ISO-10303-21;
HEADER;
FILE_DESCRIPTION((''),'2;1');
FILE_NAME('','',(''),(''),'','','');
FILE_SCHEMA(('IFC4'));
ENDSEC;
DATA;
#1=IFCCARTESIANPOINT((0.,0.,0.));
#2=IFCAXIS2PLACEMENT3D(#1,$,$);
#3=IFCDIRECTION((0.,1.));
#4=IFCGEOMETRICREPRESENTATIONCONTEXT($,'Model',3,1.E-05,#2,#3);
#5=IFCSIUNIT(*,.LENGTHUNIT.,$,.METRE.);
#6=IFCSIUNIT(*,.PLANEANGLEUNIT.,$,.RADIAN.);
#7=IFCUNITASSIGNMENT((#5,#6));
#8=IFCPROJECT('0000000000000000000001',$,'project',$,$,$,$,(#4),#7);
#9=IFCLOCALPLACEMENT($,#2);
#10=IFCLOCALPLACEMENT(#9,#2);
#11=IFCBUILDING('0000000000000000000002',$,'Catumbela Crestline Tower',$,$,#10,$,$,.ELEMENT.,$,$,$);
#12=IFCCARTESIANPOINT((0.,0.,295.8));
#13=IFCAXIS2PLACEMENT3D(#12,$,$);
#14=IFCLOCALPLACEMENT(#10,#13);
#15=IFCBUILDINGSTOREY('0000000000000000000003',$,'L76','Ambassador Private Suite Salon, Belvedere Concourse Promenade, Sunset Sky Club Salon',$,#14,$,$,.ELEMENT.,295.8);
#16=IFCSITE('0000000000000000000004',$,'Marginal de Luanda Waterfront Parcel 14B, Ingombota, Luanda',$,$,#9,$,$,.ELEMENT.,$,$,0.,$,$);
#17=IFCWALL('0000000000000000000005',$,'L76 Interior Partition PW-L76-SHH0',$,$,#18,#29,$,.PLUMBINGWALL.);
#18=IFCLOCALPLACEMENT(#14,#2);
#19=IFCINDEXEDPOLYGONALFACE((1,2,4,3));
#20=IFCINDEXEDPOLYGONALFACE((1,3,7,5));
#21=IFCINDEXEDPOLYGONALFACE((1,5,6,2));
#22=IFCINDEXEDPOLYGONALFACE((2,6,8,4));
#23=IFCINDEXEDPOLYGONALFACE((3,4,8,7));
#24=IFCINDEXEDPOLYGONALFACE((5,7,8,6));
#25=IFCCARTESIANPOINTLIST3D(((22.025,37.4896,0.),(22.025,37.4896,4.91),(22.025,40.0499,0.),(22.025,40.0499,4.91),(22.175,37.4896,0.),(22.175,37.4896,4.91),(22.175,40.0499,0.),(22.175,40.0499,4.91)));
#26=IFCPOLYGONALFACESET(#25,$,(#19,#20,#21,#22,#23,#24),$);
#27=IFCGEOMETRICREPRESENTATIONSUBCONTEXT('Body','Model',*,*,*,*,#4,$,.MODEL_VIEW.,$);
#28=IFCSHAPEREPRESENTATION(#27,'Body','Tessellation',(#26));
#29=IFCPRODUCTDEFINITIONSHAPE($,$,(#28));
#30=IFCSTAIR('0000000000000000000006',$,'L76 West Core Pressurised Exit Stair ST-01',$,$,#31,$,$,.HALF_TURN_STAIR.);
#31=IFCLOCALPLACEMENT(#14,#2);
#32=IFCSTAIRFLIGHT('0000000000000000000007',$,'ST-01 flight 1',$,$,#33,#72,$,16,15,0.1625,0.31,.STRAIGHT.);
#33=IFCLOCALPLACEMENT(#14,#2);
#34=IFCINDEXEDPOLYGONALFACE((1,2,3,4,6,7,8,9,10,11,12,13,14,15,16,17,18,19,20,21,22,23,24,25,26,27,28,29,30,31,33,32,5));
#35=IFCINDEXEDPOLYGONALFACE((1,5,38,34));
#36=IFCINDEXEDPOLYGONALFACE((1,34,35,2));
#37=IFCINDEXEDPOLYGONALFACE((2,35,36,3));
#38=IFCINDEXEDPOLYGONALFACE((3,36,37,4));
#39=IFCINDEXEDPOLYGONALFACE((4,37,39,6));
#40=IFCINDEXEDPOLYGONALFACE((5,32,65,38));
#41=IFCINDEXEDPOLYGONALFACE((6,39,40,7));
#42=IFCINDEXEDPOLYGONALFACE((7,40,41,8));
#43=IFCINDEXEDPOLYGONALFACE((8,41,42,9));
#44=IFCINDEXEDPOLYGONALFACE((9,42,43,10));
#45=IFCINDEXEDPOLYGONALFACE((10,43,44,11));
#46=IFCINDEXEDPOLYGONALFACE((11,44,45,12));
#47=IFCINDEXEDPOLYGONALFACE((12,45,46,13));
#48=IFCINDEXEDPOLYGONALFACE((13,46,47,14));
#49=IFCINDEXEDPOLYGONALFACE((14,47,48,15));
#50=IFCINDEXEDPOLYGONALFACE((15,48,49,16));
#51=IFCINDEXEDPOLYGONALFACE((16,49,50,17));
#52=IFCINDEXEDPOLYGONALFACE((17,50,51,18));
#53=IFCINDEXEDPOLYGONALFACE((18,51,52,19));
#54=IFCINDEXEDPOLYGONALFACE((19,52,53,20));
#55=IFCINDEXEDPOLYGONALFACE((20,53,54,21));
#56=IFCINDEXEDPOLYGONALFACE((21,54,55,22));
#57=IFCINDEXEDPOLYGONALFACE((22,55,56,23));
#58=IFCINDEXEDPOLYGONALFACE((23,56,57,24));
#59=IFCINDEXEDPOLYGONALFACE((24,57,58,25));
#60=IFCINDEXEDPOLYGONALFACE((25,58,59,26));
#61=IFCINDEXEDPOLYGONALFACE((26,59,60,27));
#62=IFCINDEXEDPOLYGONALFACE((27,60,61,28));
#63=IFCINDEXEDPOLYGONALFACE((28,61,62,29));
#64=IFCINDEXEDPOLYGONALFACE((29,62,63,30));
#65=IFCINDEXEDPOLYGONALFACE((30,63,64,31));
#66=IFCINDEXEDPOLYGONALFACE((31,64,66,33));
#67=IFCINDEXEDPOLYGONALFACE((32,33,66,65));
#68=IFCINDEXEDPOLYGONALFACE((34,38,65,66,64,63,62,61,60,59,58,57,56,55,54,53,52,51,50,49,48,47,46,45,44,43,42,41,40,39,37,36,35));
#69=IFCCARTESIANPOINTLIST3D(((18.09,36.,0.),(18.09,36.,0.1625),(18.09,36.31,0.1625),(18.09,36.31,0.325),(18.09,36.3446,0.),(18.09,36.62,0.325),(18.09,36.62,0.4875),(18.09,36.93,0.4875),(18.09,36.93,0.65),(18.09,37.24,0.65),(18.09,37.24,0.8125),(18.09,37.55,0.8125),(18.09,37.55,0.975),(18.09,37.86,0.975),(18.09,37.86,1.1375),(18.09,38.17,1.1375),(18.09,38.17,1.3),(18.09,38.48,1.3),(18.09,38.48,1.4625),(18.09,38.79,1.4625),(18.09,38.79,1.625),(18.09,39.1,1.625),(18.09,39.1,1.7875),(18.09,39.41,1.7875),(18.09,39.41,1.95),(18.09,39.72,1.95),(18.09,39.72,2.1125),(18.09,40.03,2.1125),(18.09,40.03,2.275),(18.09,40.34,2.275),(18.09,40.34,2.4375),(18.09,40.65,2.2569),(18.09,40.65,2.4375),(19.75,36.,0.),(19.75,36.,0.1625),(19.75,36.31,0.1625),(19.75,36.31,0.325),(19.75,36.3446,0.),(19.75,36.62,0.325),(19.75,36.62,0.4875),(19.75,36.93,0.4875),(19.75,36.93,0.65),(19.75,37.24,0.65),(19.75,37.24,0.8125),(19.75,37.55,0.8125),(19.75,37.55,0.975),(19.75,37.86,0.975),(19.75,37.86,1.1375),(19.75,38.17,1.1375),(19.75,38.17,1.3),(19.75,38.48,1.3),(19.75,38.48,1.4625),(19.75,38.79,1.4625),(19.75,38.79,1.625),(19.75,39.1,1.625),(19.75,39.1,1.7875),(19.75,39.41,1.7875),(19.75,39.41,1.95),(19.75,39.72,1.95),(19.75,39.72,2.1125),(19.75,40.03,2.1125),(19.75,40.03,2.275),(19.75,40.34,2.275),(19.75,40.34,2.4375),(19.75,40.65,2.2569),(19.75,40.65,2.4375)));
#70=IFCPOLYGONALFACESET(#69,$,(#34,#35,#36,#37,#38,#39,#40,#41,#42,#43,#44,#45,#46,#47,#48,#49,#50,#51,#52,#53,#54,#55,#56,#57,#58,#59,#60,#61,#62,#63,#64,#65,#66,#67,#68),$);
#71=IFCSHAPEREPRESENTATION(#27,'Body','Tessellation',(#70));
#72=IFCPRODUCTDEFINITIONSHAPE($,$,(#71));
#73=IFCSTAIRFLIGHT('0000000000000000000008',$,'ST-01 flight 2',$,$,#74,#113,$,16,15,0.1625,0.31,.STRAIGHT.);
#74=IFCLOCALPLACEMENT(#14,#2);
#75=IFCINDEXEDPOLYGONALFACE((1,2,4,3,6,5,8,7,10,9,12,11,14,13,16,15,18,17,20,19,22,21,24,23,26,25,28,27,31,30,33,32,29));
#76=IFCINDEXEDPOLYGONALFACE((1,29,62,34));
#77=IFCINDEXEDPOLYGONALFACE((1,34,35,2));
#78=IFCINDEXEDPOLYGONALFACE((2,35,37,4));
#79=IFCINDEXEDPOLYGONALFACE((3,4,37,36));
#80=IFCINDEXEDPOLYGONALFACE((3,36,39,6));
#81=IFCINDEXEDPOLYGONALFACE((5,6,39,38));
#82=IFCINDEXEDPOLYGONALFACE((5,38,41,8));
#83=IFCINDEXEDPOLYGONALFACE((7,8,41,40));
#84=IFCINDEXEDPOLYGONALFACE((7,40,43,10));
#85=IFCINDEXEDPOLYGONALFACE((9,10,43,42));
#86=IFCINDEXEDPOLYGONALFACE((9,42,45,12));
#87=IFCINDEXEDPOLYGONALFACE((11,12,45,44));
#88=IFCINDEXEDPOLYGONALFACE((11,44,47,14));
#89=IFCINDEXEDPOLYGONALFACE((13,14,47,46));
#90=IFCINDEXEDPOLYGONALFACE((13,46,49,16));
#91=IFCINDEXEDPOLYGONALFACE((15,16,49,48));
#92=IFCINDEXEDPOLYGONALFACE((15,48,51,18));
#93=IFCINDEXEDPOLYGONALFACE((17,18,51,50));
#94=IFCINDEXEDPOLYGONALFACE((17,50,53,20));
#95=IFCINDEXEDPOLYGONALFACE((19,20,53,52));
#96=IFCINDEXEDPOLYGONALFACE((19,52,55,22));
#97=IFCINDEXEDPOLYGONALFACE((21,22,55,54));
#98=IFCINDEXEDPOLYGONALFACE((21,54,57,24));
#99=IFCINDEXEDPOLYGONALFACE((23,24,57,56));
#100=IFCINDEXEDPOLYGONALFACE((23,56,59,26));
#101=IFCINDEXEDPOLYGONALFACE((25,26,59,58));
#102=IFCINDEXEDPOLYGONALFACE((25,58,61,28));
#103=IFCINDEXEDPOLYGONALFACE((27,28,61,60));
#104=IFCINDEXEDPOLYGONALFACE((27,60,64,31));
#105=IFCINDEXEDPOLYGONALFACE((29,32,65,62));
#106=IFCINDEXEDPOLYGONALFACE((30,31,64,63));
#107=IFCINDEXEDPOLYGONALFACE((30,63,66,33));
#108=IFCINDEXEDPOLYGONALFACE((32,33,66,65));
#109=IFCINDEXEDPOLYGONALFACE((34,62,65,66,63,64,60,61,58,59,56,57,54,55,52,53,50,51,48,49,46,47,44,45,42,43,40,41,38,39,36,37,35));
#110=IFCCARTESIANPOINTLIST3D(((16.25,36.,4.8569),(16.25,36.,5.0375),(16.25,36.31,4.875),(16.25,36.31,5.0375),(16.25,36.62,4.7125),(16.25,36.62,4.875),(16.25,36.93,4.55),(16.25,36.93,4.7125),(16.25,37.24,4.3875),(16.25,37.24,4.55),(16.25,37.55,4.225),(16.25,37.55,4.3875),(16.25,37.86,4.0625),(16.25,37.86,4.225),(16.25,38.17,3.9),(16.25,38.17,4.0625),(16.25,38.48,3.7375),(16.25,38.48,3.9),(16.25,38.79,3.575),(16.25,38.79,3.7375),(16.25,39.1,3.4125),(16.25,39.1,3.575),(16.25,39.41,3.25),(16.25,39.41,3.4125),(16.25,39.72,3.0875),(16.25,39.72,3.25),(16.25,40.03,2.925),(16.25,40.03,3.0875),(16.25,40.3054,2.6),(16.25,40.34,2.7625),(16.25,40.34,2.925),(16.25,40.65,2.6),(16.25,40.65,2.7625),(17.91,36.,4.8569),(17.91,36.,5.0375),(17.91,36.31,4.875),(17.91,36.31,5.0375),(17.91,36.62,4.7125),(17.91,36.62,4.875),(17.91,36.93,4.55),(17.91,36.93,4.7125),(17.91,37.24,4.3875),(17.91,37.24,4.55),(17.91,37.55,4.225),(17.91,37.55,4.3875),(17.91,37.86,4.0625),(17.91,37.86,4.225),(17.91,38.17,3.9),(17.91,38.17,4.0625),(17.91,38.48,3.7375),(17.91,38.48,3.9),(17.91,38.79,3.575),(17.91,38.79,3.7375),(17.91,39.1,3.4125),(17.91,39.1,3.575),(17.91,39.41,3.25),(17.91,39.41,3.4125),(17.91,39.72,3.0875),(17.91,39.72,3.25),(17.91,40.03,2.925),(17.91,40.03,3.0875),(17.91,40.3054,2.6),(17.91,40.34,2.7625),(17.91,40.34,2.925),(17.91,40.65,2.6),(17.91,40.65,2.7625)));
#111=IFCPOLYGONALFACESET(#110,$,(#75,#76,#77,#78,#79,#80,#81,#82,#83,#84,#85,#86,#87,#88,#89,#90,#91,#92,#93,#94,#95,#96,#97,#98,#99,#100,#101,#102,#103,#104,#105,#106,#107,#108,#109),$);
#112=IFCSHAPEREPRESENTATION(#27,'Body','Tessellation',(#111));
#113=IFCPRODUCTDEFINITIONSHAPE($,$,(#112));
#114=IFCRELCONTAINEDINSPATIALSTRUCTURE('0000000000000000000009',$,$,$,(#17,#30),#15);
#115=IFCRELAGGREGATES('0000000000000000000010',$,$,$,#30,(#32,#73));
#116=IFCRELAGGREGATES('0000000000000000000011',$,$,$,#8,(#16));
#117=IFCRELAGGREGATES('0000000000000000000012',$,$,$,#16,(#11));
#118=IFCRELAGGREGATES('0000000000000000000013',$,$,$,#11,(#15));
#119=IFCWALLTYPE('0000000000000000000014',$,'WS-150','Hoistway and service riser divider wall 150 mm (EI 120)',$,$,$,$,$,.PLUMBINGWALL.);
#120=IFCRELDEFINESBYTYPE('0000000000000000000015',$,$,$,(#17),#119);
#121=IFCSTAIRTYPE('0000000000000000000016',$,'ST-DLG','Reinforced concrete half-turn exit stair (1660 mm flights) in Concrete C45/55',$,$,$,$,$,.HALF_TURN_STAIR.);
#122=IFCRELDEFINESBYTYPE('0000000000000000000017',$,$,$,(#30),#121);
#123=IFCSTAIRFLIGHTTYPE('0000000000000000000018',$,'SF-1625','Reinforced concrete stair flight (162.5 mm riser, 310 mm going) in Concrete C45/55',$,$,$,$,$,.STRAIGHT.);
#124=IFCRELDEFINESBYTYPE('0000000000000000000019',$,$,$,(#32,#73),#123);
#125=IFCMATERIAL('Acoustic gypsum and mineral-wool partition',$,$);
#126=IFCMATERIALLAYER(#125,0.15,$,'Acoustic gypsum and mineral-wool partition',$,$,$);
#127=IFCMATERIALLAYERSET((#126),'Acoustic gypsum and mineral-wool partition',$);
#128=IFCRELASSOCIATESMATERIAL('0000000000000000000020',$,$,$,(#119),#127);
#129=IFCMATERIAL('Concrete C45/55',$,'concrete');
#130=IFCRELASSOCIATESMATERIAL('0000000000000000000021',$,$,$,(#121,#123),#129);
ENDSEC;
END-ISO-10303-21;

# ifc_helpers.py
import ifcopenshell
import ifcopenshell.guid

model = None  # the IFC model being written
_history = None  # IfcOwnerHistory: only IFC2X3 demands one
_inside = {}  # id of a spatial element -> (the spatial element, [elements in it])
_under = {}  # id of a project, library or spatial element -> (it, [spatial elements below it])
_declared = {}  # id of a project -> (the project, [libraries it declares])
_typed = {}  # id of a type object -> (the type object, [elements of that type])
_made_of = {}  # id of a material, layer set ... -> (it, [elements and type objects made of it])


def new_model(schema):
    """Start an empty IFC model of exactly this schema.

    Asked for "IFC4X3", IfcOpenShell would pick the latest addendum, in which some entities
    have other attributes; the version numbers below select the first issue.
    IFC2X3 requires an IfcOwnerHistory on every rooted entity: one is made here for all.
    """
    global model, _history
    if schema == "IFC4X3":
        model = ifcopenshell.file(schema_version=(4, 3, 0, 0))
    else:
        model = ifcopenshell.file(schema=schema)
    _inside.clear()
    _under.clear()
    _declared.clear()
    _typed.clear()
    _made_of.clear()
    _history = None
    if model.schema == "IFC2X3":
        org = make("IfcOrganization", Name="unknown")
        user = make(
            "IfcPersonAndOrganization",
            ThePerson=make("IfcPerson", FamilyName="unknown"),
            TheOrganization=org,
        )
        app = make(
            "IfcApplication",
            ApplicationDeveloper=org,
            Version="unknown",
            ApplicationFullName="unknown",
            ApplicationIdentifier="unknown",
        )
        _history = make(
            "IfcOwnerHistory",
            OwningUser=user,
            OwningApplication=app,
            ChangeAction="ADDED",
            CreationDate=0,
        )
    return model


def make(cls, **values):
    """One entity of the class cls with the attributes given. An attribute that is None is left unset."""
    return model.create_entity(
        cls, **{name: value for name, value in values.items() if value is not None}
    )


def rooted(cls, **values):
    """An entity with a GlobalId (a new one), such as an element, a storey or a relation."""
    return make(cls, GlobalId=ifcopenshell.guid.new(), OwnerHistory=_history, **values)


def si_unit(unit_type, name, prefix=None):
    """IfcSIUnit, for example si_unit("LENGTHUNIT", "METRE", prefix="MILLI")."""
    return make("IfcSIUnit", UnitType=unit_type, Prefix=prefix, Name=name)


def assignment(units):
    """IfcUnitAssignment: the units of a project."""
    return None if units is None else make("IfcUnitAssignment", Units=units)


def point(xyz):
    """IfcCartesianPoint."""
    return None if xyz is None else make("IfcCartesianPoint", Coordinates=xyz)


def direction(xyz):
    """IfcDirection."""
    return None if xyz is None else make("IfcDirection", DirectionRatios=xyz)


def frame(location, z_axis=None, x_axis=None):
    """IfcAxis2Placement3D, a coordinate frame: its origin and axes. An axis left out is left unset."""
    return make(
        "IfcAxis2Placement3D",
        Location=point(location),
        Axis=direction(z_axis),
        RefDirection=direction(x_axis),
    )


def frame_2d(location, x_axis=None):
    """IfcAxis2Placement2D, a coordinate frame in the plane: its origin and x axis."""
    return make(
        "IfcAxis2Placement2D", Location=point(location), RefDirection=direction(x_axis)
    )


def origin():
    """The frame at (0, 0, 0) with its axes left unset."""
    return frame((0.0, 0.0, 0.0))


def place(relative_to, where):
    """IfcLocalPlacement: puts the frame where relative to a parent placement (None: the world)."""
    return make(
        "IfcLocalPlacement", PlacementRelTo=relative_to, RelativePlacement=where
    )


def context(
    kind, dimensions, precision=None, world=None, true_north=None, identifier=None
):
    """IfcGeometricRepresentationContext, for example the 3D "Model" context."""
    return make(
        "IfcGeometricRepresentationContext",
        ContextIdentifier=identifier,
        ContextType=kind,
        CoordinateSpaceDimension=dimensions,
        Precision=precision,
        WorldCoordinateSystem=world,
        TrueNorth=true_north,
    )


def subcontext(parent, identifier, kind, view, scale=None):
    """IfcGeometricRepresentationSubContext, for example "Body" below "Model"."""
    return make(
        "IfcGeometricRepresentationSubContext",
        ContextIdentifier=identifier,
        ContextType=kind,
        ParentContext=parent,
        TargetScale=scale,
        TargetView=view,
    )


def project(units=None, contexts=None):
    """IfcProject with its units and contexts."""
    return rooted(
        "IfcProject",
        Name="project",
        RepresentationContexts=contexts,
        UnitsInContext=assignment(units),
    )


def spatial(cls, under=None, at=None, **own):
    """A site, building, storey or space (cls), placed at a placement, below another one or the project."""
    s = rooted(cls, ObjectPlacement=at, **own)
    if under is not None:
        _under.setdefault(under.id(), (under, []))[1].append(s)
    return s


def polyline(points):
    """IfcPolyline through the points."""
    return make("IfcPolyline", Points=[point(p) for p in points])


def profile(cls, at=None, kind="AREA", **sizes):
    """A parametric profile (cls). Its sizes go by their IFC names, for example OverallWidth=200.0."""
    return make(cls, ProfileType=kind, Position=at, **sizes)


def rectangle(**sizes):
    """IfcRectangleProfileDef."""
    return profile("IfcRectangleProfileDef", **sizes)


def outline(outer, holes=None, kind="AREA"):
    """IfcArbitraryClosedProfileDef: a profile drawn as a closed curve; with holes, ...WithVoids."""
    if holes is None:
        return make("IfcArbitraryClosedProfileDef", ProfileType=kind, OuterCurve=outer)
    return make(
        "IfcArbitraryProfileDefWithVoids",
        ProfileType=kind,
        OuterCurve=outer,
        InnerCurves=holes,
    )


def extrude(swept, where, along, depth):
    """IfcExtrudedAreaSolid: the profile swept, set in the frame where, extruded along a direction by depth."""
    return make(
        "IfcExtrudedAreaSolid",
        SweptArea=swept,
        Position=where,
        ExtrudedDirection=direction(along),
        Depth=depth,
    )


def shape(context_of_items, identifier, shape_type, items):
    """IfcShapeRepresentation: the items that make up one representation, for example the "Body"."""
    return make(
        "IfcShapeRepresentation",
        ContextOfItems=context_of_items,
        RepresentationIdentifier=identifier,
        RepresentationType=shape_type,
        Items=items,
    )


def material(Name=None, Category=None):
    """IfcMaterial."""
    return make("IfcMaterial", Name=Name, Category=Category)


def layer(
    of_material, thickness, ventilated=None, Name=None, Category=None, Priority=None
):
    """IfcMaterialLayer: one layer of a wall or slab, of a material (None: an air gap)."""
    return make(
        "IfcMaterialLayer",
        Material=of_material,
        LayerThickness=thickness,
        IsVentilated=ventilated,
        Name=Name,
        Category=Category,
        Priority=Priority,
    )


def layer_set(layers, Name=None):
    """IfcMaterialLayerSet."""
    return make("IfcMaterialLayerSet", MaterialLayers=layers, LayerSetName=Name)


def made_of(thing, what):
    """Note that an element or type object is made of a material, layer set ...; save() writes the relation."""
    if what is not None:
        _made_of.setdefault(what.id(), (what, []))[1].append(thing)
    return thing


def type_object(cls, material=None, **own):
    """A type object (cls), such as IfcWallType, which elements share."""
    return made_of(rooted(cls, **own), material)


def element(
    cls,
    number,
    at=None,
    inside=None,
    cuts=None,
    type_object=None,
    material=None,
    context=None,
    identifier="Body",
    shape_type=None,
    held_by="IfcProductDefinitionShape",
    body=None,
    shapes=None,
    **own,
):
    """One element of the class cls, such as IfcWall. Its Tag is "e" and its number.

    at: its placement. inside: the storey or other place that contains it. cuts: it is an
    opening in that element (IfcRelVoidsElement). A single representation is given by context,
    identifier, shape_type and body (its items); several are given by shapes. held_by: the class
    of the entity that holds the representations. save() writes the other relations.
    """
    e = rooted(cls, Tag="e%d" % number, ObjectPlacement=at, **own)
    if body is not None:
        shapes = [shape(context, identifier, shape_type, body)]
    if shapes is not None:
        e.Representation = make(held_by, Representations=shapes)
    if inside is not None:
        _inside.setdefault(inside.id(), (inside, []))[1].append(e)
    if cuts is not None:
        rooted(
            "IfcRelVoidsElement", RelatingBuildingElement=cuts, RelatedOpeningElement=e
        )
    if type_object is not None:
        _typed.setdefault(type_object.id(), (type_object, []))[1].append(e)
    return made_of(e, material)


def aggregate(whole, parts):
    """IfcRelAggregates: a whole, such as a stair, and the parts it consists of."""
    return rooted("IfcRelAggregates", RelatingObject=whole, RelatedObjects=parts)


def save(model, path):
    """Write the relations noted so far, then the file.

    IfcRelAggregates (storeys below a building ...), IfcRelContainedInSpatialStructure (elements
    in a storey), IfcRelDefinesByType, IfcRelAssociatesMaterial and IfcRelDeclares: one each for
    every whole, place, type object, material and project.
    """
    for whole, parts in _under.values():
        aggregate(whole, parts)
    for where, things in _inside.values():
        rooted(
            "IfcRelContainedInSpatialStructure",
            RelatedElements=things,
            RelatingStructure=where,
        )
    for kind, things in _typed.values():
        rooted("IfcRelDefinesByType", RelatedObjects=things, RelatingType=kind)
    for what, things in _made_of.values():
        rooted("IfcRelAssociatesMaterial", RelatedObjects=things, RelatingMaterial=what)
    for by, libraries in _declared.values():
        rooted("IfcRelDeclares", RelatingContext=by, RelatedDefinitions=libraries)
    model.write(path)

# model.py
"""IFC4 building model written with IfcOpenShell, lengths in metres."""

from ifc_helpers import new_model, si_unit, direction, frame, frame_2d, origin, place, context, subcontext, project, spatial, polyline, rectangle, outline, extrude, material, layer, layer_set, type_object, element, aggregate, save


model = new_model("IFC4")

# Units and contexts
model_context = context("Model", 3, precision=1e-05, world=origin(), true_north=direction((0.0, 1.0)))
body_context = subcontext(model_context, "Body", "Model", "MODEL_VIEW")
ifc_project = project(units=[si_unit("LENGTHUNIT", "METRE"), si_unit("PLANEANGLEUNIT", "RADIAN")], contexts=[model_context])

# Site, building, storey
site_placement = place(None, origin())
site = spatial("IfcSite", under=ifc_project, at=site_placement, Name="Marginal de Luanda Waterfront Parcel 14B, Ingombota, Luanda", CompositionType="ELEMENT", RefElevation=0.0)
building_placement = place(site_placement, origin())
building = spatial("IfcBuilding", under=site, at=building_placement, Name="Catumbela Crestline Tower", CompositionType="ELEMENT")
storey_placement = place(building_placement, frame((0.0, 0.0, 295.8)))
storey = spatial("IfcBuildingStorey", under=building, at=storey_placement, Name="L76", Description="Ambassador Private Suite Salon, Belvedere Concourse Promenade, Sunset Sky Club Salon", CompositionType="ELEMENT", Elevation=295.8)

# Shared definitions
ifc_material_1 = material(Name="Concrete C45/55", Category="concrete")

# Wall
ifc_material_2 = material(Name="Acoustic gypsum and mineral-wool partition")
ifc_layer_1 = layer(ifc_material_2, 0.15, Name="Acoustic gypsum and mineral-wool partition")
ifc_layer_set_1 = layer_set([ifc_layer_1], Name="Acoustic gypsum and mineral-wool partition")
wall_type_1 = type_object("IfcWallType", Name="WS-150", Description="Hoistway and service riser divider wall 150 mm (EI 120)", PredefinedType="PLUMBINGWALL", material=ifc_layer_set_1)
wall_1_placement = place(storey_placement, frame((22.1, 37.4897, 0.0), z_axis=(0.0, 0.0, 1.0), x_axis=(0.0, 1.0, 0.0)))
element("IfcWall", 1, at=wall_1_placement, inside=storey, type_object=wall_type_1, Name="L76 Interior Partition PW-L76-SHH0", PredefinedType="PLUMBINGWALL", context=body_context, shape_type="SweptSolid", body=[
    extrude(rectangle(XDim=2.5603, YDim=0.15, at=frame_2d((1.2801, 0.0))), origin(), (0.0, 0.0, 1.0), 4.91),
])

# Stair, stair flights
stair_type = type_object("IfcStairType", Name="ST-DLG", Description="Reinforced concrete half-turn exit stair (1660 mm flights) in Concrete C45/55", PredefinedType="HALF_TURN_STAIR", material=ifc_material_1)
stair_placement = place(storey_placement, origin())
stair = element("IfcStair", 2, at=stair_placement, inside=storey, type_object=stair_type, Name="L76 West Core Pressurised Exit Stair ST-01", PredefinedType="HALF_TURN_STAIR")
stair_flight_type = type_object("IfcStairFlightType", Name="SF-1625", Description="Reinforced concrete stair flight (162.5 mm riser, 310 mm going) in Concrete C45/55", PredefinedType="STRAIGHT", material=ifc_material_1)
stair_flight_1_placement = place(storey_placement, frame((18.92, 36.0, 0.0), z_axis=(0.0, 0.0, 1.0), x_axis=(0.0, 1.0, 0.0)))
stair_flight_1 = element("IfcStairFlight", 3, at=stair_flight_1_placement, type_object=stair_flight_type, Name="ST-01 flight 1", NumberOfRisers=16, NumberOfTreads=15, PredefinedType="STRAIGHT", RiserHeight=0.1625, TreadLength=0.31, context=body_context, shape_type="SweptSolid", body=[
    extrude(outline(polyline([(0.0, 0.0), (0.0, 0.1625), (0.31, 0.1625), (0.31, 0.325), (0.62, 0.325), (0.62, 0.4875), (0.93, 0.4875), (0.93, 0.65), (1.24, 0.65), (1.24, 0.8125), (1.55, 0.8125), (1.55, 0.975), (1.86, 0.975), (1.86, 1.1375), (2.17, 1.1375), (2.17, 1.3), (2.48, 1.3), (2.48, 1.4625), (2.79, 1.4625), (2.79, 1.625), (3.1, 1.625), (3.1, 1.7875), (3.41, 1.7875), (3.41, 1.95), (3.72, 1.95), (3.72, 2.1125), (4.03, 2.1125), (4.03, 2.275), (4.34, 2.275), (4.34, 2.4375), (4.65, 2.4375), (4.65, 2.6), (4.65, 2.2569), (0.3446, 0.0), (0.0, 0.0)])), frame((0.0, 0.83, 0.0), z_axis=(0.0, -1.0, 0.0), x_axis=(1.0, 0.0, 0.0)), (0.0, 0.0, 1.0), 1.66),
])
stair_flight_2_placement = place(storey_placement, frame((17.08, 40.65, 2.6), z_axis=(0.0, 0.0, 1.0), x_axis=(0.0, -1.0, 0.0)))
stair_flight_2 = element("IfcStairFlight", 4, at=stair_flight_2_placement, type_object=stair_flight_type, Name="ST-01 flight 2", NumberOfRisers=16, NumberOfTreads=15, PredefinedType="STRAIGHT", RiserHeight=0.1625, TreadLength=0.31, context=body_context, shape_type="SweptSolid", body=[
    extrude(outline(polyline([(0.0, 0.0), (0.0, 0.1625), (0.31, 0.1625), (0.31, 0.325), (0.62, 0.325), (0.62, 0.4875), (0.93, 0.4875), (0.93, 0.65), (1.24, 0.65), (1.24, 0.8125), (1.55, 0.8125), (1.55, 0.975), (1.86, 0.975), (1.86, 1.1375), (2.17, 1.1375), (2.17, 1.3), (2.48, 1.3), (2.48, 1.4625), (2.79, 1.4625), (2.79, 1.625), (3.1, 1.625), (3.1, 1.7875), (3.41, 1.7875), (3.41, 1.95), (3.72, 1.95), (3.72, 2.1125), (4.03, 2.1125), (4.03, 2.275), (4.34, 2.275), (4.34, 2.4375), (4.65, 2.4375), (4.65, 2.6), (4.65, 2.2569), (0.3446, 0.0), (0.0, 0.0)])), frame((0.0, 0.83, 0.0), z_axis=(0.0, -1.0, 0.0), x_axis=(1.0, 0.0, 0.0)), (0.0, 0.0, 1.0), 1.66),
])
aggregate(stair, [stair_flight_1, stair_flight_2])

save(model, "model.ifc")
